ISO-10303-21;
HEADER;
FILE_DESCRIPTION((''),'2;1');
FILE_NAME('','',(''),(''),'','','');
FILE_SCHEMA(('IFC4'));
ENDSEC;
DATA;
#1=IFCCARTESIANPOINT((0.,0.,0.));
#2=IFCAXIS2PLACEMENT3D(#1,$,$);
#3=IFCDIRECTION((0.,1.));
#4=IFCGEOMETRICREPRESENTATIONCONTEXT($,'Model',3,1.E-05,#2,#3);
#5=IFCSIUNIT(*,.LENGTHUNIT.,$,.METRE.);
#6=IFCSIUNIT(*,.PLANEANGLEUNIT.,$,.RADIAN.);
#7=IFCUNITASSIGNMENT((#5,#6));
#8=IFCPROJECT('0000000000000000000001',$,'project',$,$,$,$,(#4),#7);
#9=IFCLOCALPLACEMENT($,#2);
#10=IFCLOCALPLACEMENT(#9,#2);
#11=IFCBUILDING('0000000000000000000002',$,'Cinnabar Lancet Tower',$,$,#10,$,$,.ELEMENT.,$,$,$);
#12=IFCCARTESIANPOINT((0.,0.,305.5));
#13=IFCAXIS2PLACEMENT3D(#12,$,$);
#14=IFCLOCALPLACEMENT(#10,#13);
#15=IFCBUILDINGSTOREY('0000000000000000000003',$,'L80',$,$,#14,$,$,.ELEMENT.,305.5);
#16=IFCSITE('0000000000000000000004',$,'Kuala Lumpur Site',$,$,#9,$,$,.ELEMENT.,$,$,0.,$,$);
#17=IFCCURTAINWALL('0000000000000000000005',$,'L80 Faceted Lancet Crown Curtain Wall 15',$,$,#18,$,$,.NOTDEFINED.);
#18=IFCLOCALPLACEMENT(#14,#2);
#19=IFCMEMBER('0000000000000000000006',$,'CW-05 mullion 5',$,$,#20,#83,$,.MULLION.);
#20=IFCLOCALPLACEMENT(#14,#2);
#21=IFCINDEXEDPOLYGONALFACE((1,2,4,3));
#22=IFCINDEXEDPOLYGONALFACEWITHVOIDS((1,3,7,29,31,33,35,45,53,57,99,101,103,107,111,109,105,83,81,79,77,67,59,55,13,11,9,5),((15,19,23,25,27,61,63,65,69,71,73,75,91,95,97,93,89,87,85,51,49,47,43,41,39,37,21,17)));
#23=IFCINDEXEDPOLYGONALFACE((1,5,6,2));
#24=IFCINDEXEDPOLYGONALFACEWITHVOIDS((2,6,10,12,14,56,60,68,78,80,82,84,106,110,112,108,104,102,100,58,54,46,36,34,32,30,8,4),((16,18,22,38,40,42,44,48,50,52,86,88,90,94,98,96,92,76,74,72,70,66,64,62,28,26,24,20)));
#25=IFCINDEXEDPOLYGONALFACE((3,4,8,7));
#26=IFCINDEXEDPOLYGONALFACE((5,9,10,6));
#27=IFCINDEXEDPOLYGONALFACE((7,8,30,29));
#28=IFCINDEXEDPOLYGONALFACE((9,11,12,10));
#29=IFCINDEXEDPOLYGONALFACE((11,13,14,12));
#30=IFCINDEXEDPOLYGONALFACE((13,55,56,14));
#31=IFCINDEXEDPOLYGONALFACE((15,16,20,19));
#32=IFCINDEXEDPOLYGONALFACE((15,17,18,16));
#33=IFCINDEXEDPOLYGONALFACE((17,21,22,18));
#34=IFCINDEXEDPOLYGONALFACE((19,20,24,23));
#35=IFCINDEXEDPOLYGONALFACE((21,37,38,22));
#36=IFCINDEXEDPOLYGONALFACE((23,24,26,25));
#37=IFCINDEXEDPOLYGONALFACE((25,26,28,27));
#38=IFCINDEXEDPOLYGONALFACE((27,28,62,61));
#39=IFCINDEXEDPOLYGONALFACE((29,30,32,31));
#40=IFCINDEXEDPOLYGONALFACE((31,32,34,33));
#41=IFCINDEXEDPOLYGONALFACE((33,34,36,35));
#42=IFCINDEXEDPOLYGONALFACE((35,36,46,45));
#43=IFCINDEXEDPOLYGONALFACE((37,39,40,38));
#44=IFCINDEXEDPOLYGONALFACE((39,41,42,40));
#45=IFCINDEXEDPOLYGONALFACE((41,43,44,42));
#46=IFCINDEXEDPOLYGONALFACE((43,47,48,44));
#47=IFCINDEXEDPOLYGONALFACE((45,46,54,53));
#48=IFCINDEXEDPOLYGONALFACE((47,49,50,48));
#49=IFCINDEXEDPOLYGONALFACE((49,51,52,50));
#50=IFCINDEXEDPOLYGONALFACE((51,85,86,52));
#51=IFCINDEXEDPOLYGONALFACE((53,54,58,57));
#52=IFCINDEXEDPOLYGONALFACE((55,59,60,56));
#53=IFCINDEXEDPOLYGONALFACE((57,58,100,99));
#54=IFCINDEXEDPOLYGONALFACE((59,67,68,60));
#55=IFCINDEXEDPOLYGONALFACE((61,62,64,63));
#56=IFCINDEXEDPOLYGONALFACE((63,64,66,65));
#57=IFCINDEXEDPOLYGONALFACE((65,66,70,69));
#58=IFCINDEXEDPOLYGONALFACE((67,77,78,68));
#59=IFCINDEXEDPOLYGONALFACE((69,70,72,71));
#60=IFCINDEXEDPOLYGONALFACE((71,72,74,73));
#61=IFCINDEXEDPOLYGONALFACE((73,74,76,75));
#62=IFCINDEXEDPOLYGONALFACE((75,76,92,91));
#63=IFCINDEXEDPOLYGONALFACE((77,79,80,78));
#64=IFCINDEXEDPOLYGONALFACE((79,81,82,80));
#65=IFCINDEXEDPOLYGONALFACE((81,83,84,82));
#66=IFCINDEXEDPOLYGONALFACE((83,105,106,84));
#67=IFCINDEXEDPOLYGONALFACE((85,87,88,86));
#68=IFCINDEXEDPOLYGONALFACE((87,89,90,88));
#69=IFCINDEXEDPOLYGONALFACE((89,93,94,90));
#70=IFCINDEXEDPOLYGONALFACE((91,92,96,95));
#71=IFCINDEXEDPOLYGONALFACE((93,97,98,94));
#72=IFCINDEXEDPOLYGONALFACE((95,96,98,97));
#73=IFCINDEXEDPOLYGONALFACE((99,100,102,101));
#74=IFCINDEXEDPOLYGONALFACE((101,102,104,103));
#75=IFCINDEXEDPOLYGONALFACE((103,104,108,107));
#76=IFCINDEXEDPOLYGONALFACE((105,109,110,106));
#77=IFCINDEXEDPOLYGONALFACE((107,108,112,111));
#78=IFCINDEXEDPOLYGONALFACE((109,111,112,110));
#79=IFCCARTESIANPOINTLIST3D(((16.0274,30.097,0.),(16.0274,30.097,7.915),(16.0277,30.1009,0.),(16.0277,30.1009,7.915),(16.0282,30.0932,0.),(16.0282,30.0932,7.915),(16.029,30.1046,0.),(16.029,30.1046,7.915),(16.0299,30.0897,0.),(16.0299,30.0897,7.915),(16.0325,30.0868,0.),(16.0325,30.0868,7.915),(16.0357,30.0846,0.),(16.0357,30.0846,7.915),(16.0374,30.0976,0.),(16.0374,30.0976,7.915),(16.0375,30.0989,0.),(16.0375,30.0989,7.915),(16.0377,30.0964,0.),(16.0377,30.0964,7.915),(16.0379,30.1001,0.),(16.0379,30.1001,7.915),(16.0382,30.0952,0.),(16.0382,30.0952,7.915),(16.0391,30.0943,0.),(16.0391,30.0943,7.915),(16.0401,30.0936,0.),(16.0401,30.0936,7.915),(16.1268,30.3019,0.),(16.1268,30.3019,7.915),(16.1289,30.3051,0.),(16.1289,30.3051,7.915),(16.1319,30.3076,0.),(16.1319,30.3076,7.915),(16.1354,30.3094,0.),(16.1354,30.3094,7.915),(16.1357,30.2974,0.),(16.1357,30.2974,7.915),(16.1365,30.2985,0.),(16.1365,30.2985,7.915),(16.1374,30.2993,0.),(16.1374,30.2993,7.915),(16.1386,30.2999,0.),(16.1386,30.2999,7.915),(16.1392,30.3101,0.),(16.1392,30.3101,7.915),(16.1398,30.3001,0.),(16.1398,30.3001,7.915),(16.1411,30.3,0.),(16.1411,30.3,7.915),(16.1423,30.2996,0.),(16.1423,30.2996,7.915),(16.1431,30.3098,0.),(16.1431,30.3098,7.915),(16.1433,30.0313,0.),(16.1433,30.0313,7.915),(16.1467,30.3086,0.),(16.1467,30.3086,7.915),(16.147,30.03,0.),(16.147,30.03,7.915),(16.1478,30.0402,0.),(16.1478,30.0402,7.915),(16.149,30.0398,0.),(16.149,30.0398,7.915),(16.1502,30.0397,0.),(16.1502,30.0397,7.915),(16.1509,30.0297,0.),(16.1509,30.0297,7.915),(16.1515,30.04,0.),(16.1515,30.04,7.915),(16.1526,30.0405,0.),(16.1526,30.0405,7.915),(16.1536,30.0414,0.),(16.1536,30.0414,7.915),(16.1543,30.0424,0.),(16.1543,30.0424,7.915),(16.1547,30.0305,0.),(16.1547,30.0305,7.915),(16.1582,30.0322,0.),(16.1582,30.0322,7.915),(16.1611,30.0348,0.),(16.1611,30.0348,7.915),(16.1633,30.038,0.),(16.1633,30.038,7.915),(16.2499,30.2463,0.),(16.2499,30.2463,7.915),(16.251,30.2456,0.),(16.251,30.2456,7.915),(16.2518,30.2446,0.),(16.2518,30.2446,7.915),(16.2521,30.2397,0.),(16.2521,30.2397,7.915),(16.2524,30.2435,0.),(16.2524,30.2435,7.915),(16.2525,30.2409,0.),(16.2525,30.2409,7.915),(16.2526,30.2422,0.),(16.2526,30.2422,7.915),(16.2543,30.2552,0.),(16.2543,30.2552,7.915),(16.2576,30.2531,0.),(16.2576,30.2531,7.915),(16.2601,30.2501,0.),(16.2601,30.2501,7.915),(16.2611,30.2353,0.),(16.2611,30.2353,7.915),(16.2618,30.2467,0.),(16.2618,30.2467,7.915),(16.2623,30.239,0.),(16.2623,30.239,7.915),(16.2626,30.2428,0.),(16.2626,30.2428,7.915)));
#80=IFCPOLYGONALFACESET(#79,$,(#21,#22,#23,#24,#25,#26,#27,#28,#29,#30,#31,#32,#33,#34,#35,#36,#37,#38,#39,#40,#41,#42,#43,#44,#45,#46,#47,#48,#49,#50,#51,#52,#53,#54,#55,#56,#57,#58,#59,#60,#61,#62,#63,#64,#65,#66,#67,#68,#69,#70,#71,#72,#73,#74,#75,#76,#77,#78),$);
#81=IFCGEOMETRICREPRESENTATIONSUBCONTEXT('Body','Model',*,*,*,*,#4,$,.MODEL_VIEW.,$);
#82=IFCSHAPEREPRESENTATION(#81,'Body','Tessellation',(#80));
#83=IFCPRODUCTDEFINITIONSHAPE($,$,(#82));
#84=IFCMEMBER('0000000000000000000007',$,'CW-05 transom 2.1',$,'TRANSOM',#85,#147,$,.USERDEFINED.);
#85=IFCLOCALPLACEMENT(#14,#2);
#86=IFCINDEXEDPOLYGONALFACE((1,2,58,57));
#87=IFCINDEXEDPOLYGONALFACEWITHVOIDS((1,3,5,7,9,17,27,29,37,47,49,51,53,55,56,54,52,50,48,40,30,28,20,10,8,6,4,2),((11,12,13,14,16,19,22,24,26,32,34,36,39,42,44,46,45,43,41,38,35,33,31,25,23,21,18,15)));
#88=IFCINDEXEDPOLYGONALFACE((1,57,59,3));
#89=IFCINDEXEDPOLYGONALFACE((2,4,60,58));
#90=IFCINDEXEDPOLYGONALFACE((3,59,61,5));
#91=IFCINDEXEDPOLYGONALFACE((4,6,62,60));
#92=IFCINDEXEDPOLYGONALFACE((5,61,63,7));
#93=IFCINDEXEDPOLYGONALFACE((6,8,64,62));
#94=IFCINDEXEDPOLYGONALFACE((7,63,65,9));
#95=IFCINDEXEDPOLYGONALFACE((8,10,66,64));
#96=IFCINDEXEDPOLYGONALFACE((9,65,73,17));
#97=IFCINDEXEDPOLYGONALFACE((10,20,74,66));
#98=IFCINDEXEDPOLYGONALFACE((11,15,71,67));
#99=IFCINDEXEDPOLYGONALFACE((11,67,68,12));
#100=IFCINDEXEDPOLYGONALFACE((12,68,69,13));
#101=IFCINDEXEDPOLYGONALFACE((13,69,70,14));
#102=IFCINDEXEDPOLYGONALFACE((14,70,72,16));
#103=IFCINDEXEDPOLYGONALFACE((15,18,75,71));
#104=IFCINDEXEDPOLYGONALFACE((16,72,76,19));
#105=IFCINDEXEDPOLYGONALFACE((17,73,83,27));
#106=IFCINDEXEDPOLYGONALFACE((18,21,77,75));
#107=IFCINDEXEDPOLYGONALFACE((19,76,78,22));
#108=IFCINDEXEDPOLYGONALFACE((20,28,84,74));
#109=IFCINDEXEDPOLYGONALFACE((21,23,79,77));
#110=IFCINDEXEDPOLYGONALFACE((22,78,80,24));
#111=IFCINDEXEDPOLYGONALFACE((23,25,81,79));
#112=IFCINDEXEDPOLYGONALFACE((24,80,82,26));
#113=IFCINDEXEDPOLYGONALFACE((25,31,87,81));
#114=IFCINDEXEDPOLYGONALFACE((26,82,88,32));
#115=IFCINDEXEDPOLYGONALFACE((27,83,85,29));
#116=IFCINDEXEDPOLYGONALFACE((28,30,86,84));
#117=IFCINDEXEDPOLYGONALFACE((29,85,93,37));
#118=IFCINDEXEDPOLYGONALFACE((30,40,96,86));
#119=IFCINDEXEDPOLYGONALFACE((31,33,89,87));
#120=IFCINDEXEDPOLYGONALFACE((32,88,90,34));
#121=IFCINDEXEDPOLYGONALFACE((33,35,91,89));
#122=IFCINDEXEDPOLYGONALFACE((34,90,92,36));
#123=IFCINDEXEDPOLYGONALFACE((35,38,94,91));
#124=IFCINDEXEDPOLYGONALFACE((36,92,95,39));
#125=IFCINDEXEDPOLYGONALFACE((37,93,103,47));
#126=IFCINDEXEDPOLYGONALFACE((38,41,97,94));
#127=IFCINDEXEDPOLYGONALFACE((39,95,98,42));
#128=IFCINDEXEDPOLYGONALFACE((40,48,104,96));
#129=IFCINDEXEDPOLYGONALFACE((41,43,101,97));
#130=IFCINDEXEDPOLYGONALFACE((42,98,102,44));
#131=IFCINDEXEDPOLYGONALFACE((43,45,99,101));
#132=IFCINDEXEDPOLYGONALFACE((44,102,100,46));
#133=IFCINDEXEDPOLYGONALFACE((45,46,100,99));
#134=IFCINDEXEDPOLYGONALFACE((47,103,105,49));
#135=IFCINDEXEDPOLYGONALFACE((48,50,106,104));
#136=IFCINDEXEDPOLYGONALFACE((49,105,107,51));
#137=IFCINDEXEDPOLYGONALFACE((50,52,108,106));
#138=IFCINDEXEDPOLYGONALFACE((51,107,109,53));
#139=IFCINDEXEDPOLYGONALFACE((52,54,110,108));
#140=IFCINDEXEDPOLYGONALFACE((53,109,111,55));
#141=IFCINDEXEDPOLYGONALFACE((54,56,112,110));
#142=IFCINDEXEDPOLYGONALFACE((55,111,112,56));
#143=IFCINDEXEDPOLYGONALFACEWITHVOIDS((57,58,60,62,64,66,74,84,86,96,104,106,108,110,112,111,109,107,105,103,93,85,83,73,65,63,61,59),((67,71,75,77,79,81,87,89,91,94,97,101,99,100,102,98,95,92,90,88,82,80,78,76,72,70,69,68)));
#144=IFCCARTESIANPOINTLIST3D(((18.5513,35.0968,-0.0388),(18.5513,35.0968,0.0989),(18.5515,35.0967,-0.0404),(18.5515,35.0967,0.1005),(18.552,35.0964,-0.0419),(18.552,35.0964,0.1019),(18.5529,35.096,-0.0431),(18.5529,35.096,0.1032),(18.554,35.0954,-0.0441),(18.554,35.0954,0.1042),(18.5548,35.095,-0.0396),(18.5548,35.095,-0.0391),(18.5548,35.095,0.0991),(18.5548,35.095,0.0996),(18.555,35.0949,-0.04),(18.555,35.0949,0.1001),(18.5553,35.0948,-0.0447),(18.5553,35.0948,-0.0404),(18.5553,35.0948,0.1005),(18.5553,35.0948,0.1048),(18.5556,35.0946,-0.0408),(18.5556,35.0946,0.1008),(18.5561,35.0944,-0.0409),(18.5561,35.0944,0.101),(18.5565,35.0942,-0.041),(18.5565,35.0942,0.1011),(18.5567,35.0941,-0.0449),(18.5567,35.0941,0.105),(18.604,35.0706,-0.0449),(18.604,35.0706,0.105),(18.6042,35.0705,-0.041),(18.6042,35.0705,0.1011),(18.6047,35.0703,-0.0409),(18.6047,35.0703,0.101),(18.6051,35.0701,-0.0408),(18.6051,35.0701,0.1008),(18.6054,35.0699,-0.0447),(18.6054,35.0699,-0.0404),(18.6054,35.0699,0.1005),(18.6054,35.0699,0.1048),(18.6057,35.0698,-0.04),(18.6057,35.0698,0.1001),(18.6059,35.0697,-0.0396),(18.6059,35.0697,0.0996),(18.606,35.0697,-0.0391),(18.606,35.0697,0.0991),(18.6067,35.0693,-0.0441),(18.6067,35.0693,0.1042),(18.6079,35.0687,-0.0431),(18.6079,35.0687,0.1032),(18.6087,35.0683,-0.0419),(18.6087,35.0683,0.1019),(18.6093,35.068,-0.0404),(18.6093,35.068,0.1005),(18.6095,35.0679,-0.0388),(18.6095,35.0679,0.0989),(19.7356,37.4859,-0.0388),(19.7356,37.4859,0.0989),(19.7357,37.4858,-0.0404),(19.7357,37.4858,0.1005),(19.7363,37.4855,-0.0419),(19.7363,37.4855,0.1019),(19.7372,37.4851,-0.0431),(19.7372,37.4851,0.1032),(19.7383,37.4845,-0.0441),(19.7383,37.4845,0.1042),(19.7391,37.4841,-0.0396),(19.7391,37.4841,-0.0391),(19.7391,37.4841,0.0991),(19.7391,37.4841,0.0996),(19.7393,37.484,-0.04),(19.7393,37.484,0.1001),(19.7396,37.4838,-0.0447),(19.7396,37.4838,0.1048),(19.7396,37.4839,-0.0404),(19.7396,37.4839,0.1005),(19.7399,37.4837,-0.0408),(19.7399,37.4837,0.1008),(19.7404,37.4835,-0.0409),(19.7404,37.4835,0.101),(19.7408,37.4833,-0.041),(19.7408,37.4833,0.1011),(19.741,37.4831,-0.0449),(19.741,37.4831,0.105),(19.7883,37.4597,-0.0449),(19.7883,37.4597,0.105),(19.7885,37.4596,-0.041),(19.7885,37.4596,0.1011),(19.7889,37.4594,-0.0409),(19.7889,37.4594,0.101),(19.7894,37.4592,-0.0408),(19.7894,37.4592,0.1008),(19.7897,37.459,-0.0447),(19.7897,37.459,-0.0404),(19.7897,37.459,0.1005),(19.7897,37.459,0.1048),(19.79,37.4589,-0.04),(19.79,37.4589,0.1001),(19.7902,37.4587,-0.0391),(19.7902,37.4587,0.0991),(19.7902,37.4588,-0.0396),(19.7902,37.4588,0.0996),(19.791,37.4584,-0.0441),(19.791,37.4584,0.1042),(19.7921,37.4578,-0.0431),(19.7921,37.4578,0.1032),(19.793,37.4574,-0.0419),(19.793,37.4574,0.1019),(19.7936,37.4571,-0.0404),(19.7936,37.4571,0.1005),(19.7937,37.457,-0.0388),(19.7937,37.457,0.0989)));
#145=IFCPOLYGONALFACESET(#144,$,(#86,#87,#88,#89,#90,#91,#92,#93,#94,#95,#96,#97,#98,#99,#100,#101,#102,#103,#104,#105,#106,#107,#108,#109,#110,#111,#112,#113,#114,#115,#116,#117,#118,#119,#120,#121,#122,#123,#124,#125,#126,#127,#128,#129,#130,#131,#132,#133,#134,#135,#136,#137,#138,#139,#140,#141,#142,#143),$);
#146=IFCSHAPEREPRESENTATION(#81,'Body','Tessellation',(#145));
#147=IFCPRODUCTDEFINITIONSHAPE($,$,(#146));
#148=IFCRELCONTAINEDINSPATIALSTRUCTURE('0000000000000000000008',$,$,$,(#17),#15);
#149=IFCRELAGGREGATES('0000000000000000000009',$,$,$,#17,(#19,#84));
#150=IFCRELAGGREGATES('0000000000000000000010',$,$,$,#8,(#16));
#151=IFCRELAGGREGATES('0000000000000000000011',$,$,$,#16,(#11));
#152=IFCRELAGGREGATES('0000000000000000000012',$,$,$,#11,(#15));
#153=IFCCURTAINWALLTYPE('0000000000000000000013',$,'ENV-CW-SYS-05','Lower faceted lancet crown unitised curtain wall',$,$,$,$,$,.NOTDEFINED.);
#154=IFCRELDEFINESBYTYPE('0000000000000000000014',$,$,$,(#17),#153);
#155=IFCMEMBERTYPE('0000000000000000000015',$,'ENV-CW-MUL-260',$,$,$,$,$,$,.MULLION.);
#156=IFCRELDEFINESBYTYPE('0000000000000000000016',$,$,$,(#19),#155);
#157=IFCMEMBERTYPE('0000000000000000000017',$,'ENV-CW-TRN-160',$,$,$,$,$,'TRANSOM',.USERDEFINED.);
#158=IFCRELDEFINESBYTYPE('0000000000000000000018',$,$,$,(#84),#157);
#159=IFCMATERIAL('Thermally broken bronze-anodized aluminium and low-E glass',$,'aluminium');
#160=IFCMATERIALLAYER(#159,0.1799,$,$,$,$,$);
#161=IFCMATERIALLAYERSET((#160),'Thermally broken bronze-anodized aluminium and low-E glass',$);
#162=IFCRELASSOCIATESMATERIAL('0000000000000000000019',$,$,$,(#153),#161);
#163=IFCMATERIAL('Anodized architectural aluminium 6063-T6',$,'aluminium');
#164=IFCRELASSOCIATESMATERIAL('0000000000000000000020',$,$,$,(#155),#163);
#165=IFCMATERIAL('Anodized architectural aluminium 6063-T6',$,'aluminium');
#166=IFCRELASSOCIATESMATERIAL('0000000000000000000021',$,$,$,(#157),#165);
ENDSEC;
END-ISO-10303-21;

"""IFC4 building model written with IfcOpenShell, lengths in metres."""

from ifc_helpers import new_model, si_unit, direction, frame, origin, origin_2d, place, context, subcontext, project, spatial, hollow_rectangle, extrude, material, layer, layer_set, material_profile, profile_set, type_object, element, aggregate, save


model = new_model("IFC4")

# Units and contexts
model_context = context("Model", 3, precision=1e-05, world=origin(), true_north=direction((0.0, 1.0)))
body_context = subcontext(model_context, "Body", "Model", "MODEL_VIEW")
ifc_project = project(units=[si_unit("LENGTHUNIT", "METRE"), si_unit("PLANEANGLEUNIT", "RADIAN")], contexts=[model_context])

# Site, building, storey
site_placement = place(None, origin())
site = spatial("IfcSite", under=ifc_project, at=site_placement, Name="Kuala Lumpur Site", CompositionType="ELEMENT", RefElevation=0.0)
building_placement = place(site_placement, origin())
building = spatial("IfcBuilding", under=site, at=building_placement, Name="Cinnabar Lancet Tower", CompositionType="ELEMENT")
storey_placement = place(building_placement, frame((0.0, 0.0, 305.5)))
storey = spatial("IfcBuildingStorey", under=building, at=storey_placement, Name="L80", CompositionType="ELEMENT", Elevation=305.5)

# Curtain wall, members
ifc_material_1 = material(Name="Thermally broken bronze-anodized aluminium and low-E glass", Category="aluminium")
ifc_layer_1 = layer(ifc_material_1, 0.1799)
ifc_layer_set_1 = layer_set([ifc_layer_1], Name="Thermally broken bronze-anodized aluminium and low-E glass")
curtain_wall_type = type_object("IfcCurtainWallType", Name="ENV-CW-SYS-05", Description="Lower faceted lancet crown unitised curtain wall", PredefinedType="NOTDEFINED", material=ifc_layer_set_1)
curtain_wall_placement = place(storey_placement, origin())
curtain_wall = element("IfcCurtainWall", 1, at=curtain_wall_placement, inside=storey, type_object=curtain_wall_type, Name="L80 Faceted Lancet Crown Curtain Wall 15", PredefinedType="NOTDEFINED")
ifc_material_2 = material(Name="Anodized architectural aluminium 6063-T6", Category="aluminium")
ifc_material_profile_1 = material_profile(ifc_material_2, hollow_rectangle(XDim=0.1499, YDim=0.25, WallThickness=0.01, InnerFilletRadius=0.0049, OuterFilletRadius=0.0149, at=origin_2d()), Name="RHS 250x150x10")
ifc_profile_set_1 = profile_set([ifc_material_profile_1], Name="Anodized architectural aluminium 6063-T6")
member_type_1 = type_object("IfcMemberType", Name="ENV-CW-MUL-260", PredefinedType="MULLION", material=ifc_profile_set_1)
member_1_placement = place(storey_placement, frame((16.145, 30.1699, 0.0), z_axis=(0.0, 0.0, 1.0), x_axis=(0.895948, -0.444159, 0.0)))
member_1 = element("IfcMember", 2, at=member_1_placement, type_object=member_type_1, Name="CW-05 mullion 5", PredefinedType="MULLION", context=body_context, shape_type="SweptSolid", body=[
    extrude(hollow_rectangle(XDim=0.1499, YDim=0.25, WallThickness=0.01, InnerFilletRadius=0.0049, OuterFilletRadius=0.0149, at=origin_2d()), origin(), (0.0, 0.0, 1.0), 7.915),
])
ifc_material_3 = material(Name="Anodized architectural aluminium 6063-T6", Category="aluminium")
ifc_material_profile_2 = material_profile(ifc_material_3, hollow_rectangle(XDim=0.0649, YDim=0.1499, WallThickness=0.0039, InnerFilletRadius=0.002, OuterFilletRadius=0.0061, at=origin_2d()), Name="CW-TRN 150x65x4")
ifc_profile_set_2 = profile_set([ifc_material_profile_2], Name="Anodized architectural aluminium 6063-T6")
member_type_2 = type_object("IfcMemberType", Name="ENV-CW-TRN-160", ElementType="TRANSOM", PredefinedType="USERDEFINED", material=ifc_profile_set_2)
member_2_placement = place(storey_placement, frame((19.7646, 37.4714, 0.03), z_axis=(-0.444135, -0.89596, 0.0), x_axis=(0.89596, -0.444135, 0.0)))
member_2 = element("IfcMember", 3, at=member_2_placement, type_object=member_type_2, Name="CW-05 transom 2.1", ObjectType="TRANSOM", PredefinedType="USERDEFINED", context=body_context, shape_type="SweptSolid", body=[
    extrude(hollow_rectangle(XDim=0.0649, YDim=0.1499, WallThickness=0.0039, InnerFilletRadius=0.002, OuterFilletRadius=0.0061, at=origin_2d()), origin(), (0.0, 0.0, 1.0), 2.6665),
])

aggregate(curtain_wall, [member_1, member_2])

save(model, "model.ifc")
